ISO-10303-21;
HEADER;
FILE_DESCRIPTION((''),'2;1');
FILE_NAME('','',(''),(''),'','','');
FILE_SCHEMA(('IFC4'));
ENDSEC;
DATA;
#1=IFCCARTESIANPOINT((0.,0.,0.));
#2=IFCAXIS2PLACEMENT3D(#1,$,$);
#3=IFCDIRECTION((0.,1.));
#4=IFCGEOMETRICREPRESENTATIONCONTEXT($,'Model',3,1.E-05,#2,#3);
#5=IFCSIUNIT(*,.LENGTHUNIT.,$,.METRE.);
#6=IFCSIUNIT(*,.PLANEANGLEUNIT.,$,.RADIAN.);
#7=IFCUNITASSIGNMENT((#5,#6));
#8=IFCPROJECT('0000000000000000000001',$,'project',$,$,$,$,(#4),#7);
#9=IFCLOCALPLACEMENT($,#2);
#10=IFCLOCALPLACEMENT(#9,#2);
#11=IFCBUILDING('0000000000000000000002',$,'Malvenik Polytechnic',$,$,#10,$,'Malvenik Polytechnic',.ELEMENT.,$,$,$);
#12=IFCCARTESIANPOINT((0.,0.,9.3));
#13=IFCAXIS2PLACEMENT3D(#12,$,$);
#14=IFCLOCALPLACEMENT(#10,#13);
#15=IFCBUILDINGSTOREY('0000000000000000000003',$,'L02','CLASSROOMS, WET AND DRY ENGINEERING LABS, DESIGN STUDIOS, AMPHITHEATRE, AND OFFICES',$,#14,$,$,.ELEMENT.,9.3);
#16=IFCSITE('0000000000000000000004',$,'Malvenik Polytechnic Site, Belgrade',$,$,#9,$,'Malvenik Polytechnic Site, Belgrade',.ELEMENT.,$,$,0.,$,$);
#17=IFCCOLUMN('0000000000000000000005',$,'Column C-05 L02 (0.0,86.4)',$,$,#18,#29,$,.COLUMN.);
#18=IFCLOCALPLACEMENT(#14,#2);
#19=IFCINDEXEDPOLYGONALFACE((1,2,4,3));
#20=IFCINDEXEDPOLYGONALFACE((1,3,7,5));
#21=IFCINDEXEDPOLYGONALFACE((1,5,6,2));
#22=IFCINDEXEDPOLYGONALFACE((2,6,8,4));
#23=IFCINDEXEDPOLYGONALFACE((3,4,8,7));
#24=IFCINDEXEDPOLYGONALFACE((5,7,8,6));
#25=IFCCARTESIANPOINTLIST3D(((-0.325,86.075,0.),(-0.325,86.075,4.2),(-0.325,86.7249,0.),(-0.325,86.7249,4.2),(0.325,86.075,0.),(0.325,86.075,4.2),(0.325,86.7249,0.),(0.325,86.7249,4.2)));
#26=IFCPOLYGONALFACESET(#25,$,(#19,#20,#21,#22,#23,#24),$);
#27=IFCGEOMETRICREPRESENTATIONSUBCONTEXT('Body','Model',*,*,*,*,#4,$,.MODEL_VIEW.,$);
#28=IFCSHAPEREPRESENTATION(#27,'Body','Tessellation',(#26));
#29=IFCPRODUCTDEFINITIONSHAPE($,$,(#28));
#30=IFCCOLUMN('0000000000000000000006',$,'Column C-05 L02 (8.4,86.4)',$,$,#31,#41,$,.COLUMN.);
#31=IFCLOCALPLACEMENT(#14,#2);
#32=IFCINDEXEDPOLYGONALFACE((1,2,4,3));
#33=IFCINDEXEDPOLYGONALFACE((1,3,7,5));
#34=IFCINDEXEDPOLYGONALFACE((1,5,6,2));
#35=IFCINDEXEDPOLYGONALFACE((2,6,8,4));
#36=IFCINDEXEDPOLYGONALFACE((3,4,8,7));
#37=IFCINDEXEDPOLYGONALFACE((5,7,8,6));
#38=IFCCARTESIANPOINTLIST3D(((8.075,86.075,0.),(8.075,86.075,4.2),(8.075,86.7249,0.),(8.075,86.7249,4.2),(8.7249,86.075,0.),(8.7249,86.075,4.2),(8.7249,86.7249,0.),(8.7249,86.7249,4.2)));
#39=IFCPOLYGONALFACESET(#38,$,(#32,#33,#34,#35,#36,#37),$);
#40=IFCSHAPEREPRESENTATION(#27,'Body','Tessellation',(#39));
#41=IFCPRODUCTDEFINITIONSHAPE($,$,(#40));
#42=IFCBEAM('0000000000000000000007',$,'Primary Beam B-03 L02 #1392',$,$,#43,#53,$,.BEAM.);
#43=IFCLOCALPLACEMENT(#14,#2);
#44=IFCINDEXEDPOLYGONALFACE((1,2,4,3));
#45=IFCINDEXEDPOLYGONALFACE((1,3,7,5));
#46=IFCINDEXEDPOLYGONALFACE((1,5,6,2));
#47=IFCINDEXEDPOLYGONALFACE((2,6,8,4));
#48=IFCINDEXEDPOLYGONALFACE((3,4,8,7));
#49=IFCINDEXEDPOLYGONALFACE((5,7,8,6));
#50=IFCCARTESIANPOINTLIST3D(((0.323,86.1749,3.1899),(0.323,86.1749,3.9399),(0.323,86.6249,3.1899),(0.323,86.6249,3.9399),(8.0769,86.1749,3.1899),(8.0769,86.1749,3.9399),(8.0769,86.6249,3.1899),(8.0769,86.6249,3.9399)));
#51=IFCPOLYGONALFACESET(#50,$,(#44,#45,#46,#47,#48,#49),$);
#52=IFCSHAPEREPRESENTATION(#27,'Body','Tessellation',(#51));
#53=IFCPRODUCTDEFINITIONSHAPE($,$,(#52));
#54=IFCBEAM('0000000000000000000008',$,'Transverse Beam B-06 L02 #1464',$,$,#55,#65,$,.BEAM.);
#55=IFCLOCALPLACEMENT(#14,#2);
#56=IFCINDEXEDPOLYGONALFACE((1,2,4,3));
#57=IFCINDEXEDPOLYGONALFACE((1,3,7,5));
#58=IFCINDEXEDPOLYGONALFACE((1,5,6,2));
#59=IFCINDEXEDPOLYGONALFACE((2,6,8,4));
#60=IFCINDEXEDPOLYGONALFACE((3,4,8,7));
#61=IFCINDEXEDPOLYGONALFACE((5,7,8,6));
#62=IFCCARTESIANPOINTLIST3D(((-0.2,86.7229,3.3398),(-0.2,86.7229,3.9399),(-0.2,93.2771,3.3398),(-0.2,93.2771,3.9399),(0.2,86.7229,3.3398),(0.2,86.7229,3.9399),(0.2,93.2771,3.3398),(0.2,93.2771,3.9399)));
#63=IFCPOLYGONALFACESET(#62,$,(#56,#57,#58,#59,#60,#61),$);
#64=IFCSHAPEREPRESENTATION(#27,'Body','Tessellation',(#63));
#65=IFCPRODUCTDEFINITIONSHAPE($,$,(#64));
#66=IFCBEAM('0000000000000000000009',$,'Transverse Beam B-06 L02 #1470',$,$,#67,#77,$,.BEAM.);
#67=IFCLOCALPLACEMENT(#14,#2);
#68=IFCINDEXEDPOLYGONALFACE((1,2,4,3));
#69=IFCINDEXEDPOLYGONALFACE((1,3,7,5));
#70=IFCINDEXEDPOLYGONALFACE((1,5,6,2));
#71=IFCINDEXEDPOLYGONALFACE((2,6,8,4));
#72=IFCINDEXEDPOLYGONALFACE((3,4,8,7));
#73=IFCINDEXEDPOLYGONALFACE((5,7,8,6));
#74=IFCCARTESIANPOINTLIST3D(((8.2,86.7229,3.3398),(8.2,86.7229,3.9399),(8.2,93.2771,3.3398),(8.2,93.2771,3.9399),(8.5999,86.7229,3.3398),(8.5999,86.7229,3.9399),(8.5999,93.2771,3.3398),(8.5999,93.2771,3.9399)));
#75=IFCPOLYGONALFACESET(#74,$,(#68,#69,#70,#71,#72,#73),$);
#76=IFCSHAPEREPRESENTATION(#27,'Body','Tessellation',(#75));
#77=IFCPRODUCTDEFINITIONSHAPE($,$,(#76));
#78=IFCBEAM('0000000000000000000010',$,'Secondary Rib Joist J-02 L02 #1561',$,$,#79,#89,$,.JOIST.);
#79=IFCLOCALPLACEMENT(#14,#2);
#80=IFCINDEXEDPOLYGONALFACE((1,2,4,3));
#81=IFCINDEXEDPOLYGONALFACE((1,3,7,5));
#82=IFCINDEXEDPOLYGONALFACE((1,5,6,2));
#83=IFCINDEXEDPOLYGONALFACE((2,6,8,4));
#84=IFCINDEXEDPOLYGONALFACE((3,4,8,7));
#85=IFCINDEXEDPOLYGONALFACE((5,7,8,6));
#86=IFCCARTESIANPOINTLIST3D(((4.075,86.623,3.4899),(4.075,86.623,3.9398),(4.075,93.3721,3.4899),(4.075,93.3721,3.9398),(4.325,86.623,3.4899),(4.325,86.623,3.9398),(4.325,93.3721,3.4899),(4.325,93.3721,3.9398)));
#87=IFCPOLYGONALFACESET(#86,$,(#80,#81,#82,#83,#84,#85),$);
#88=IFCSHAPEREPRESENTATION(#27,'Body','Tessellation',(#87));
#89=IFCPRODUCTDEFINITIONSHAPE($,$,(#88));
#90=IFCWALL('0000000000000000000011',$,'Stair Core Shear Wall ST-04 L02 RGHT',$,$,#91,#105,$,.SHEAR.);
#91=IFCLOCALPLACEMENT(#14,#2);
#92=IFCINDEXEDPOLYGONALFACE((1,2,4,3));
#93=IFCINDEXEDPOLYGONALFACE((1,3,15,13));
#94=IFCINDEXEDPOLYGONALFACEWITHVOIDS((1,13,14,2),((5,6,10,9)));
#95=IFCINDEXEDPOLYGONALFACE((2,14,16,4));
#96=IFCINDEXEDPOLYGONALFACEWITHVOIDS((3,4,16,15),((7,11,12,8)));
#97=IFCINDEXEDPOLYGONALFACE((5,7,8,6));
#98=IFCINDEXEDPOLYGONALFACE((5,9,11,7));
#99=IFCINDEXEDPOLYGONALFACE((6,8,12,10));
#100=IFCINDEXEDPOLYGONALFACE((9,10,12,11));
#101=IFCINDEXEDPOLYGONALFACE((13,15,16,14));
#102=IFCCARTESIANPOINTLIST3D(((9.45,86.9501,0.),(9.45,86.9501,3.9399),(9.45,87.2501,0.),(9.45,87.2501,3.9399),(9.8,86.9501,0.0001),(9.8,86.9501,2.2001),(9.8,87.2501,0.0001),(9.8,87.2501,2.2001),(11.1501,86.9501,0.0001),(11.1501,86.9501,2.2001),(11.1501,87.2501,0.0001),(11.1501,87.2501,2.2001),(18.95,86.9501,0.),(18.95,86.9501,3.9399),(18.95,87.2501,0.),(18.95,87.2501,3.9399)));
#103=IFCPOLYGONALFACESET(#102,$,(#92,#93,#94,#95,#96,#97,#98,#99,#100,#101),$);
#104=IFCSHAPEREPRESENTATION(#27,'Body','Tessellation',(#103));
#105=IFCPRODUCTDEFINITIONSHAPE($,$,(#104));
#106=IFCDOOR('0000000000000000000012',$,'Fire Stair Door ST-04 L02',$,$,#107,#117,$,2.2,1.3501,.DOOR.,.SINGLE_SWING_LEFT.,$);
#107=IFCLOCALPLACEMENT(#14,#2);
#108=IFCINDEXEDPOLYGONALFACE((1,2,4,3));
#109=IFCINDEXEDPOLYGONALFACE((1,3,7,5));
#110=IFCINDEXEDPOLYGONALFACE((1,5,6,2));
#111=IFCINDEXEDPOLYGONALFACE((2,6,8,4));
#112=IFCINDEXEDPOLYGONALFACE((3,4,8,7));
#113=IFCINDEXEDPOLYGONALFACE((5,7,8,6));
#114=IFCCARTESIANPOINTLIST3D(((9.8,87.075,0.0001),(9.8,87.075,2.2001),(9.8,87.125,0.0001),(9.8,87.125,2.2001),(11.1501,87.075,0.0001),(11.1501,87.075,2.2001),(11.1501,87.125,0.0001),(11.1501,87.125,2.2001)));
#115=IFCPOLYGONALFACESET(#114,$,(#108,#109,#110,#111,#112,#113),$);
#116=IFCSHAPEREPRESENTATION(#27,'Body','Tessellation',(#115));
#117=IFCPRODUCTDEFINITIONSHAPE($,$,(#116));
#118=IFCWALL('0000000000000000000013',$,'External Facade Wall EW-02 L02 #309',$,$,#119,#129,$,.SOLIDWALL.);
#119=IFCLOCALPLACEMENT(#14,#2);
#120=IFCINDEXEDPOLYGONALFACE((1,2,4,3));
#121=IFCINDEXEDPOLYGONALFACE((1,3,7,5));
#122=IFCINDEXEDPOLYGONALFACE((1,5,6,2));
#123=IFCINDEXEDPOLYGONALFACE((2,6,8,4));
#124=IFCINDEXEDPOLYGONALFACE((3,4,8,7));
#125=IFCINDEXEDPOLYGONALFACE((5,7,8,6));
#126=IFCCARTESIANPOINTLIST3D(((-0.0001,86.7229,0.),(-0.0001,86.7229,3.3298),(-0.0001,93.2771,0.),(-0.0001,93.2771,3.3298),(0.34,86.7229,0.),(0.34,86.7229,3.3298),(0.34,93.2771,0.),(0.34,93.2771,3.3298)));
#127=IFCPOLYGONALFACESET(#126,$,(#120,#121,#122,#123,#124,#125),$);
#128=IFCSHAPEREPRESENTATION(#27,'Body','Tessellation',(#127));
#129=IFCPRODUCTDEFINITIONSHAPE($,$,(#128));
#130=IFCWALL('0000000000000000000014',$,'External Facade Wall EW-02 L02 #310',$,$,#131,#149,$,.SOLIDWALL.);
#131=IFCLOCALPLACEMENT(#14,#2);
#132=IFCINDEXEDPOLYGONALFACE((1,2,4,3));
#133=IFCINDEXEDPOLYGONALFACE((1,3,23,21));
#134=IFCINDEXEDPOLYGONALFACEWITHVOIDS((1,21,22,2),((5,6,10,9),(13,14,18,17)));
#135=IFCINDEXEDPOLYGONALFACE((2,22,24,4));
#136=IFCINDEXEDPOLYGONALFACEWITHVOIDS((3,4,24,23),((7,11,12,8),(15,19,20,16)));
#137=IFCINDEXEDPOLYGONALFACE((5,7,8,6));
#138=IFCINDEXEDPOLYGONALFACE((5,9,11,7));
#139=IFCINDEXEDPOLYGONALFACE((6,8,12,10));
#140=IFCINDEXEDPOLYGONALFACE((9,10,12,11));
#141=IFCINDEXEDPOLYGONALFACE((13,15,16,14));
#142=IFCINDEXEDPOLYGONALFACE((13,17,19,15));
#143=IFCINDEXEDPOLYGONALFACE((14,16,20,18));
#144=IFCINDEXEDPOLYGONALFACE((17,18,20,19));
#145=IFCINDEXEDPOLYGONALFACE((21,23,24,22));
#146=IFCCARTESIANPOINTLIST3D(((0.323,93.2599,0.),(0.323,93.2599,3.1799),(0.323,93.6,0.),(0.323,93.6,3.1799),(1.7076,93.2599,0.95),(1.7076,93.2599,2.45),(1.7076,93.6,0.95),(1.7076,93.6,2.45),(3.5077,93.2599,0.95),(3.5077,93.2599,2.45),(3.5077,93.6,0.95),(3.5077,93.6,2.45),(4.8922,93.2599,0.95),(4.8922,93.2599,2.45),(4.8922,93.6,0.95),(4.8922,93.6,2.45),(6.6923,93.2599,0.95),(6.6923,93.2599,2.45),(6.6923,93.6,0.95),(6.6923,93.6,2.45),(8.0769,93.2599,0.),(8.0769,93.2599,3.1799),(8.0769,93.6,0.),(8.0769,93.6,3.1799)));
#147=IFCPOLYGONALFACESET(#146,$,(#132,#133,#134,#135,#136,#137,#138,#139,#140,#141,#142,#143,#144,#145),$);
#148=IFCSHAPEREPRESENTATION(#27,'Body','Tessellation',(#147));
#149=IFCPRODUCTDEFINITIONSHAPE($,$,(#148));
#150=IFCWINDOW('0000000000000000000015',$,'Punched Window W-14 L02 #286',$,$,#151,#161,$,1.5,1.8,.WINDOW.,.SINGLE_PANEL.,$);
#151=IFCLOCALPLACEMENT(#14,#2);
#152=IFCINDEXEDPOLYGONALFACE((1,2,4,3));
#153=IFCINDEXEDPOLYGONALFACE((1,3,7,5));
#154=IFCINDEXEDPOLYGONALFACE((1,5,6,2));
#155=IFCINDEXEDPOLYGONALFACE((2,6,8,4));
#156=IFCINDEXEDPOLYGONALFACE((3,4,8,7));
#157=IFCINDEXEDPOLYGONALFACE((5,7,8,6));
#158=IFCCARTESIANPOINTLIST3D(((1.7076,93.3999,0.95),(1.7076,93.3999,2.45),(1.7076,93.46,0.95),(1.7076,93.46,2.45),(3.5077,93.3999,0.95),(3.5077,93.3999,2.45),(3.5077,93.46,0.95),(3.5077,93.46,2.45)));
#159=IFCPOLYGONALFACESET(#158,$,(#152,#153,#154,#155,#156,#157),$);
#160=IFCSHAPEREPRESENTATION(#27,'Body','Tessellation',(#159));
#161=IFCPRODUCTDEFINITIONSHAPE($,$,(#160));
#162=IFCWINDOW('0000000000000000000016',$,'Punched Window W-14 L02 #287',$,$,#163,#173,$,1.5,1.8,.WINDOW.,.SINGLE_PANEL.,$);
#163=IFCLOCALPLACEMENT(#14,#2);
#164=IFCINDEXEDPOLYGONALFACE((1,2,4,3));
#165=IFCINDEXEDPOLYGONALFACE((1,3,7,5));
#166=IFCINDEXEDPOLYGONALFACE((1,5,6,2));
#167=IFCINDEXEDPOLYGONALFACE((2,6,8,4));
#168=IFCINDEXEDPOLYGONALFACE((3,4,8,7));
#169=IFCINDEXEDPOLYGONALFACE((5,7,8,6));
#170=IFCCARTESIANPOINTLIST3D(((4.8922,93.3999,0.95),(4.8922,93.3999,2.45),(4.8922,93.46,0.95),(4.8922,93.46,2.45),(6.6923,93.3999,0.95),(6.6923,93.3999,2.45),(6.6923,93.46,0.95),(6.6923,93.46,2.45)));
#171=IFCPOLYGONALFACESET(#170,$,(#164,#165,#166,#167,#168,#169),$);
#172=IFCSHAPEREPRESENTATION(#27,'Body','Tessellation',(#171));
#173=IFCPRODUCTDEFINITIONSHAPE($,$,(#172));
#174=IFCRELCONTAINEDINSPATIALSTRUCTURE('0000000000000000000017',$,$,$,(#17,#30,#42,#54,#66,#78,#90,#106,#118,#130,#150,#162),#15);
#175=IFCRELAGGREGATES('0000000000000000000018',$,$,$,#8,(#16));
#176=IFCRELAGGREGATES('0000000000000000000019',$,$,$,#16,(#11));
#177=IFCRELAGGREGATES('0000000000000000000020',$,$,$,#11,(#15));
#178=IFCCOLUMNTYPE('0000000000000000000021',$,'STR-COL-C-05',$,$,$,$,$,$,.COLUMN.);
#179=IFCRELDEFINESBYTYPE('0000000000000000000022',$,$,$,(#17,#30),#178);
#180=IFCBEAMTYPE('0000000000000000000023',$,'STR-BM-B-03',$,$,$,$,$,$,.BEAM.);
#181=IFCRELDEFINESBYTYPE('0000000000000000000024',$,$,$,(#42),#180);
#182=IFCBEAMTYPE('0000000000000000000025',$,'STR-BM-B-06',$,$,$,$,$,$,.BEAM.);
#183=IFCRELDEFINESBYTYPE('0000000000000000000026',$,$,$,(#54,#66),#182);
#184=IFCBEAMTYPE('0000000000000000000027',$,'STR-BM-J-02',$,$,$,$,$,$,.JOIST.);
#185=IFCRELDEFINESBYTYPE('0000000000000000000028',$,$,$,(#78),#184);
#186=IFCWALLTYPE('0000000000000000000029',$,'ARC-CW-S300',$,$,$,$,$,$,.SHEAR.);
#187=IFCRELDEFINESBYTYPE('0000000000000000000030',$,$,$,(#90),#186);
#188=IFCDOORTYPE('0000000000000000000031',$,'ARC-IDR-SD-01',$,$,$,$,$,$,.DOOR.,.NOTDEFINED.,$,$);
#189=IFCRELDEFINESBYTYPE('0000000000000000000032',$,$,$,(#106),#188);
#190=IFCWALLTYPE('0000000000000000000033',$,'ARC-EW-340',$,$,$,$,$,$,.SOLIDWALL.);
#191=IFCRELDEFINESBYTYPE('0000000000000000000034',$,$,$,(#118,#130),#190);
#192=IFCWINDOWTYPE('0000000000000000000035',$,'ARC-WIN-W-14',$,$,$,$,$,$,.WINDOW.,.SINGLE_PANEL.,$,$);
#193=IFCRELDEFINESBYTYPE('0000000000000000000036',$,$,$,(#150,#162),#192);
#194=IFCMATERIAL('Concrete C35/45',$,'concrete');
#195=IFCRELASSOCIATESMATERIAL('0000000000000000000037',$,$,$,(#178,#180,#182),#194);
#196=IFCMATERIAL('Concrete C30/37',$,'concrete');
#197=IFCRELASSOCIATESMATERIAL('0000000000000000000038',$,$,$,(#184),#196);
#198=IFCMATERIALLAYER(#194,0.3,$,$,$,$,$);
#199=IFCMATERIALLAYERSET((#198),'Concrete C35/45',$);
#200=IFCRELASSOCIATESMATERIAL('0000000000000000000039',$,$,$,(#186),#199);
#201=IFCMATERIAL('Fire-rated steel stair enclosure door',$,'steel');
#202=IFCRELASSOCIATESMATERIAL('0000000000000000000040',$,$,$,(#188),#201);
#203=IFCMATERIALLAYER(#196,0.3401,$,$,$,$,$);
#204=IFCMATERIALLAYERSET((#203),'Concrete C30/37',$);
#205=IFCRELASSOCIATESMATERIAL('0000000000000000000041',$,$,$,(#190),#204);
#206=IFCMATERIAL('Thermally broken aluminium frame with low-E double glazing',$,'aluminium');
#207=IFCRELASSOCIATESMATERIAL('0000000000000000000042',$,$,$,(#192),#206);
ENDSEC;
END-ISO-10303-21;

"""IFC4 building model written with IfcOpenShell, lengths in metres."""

from ifc_helpers import new_model, si_unit, direction, frame, frame_2d, origin, origin_2d, place, context, subcontext, project, spatial, rectangle, extrude, material, layer, layer_set, material_profile, profile_set, type_object, element, fill, save


model = new_model("IFC4")

# Units and contexts
model_context = context("Model", 3, precision=1e-05, world=origin(), true_north=direction((0.0, 1.0)))
body_context = subcontext(model_context, "Body", "Model", "MODEL_VIEW")
ifc_project = project(units=[si_unit("LENGTHUNIT", "METRE"), si_unit("PLANEANGLEUNIT", "RADIAN")], contexts=[model_context])

# Site, building, storey
site_placement = place(None, origin())
site = spatial("IfcSite", under=ifc_project, at=site_placement, Name="Malvenik Polytechnic Site, Belgrade", LongName="Malvenik Polytechnic Site, Belgrade", CompositionType="ELEMENT", RefElevation=0.0)
building_placement = place(site_placement, origin())
building = spatial("IfcBuilding", under=site, at=building_placement, Name="Malvenik Polytechnic", LongName="Malvenik Polytechnic", CompositionType="ELEMENT")
storey_placement = place(building_placement, frame((0.0, 0.0, 9.3)))
storey = spatial("IfcBuildingStorey", under=building, at=storey_placement, Name="L02", Description="CLASSROOMS, WET AND DRY ENGINEERING LABS, DESIGN STUDIOS, AMPHITHEATRE, AND OFFICES", CompositionType="ELEMENT", Elevation=9.3)

# Columns
ifc_material_1 = material(Name="Concrete C35/45", Category="concrete")
ifc_material_profile_1 = material_profile(ifc_material_1, rectangle(XDim=0.6499, YDim=0.6499, at=origin_2d()), Name="RC COL 650x650")
ifc_profile_set_1 = profile_set([ifc_material_profile_1], Name="Concrete C35/45")
column_type = type_object("IfcColumnType", Name="STR-COL-C-05", PredefinedType="COLUMN", material=ifc_profile_set_1)
for number, where, z_axis, x_axis, name in (
    (1, (0.0, 86.3999, 0.0), (0.0, 0.0, 1.0), (1.0, 0.0, 0.0), "Column C-05 L02 (0.0,86.4)"),
    (2, (8.3999, 86.3999, 0.0), (0.0, 0.0, 1.0), (1.0, 0.0, 0.0), "Column C-05 L02 (8.4,86.4)"),
):
    element("IfcColumn", number, at=place(storey_placement, frame(where, z_axis=z_axis, x_axis=x_axis)), inside=storey, type_object=column_type, Name=name, PredefinedType="COLUMN", context=body_context, shape_type="SweptSolid", body=[
        extrude(rectangle(XDim=0.6499, YDim=0.6499, at=origin_2d()), origin(), (0.0, 0.0, 1.0), 4.2),
    ])

# Beams
ifc_material_profile_2 = material_profile(ifc_material_1, rectangle(XDim=0.45, YDim=0.75, at=origin_2d()), Name="RC BM 450x750")
ifc_profile_set_2 = profile_set([ifc_material_profile_2], Name="Concrete C35/45")
beam_type_1 = type_object("IfcBeamType", Name="STR-BM-B-03", PredefinedType="BEAM", material=ifc_profile_set_2)
beam_1_placement = place(storey_placement, frame((0.323, 86.3999, 3.5649), z_axis=(1.0, 0.0, 0.0), x_axis=(0.0, 1.0, 0.0)))
element("IfcBeam", 3, at=beam_1_placement, inside=storey, type_object=beam_type_1, Name="Primary Beam B-03 L02 #1392", PredefinedType="BEAM", context=body_context, shape_type="SweptSolid", body=[
    extrude(rectangle(XDim=0.45, YDim=0.75, at=origin_2d()), origin(), (0.0, 0.0, 1.0), 7.7539),
])
ifc_material_profile_3 = material_profile(ifc_material_1, rectangle(XDim=0.3999, YDim=0.6001, at=origin_2d()), Name="RC BM 400x600")
ifc_profile_set_3 = profile_set([ifc_material_profile_3], Name="Concrete C35/45")
beam_type_2 = type_object("IfcBeamType", Name="STR-BM-B-06", PredefinedType="BEAM", material=ifc_profile_set_3)
for number, where, z_axis, x_axis, name in (
    (4, (0.0, 86.7229, 3.6399), (0.0, 1.0, 0.0), (-1.0, 0.0, 0.0), "Transverse Beam B-06 L02 #1464"),
    (5, (8.3999, 86.7229, 3.6399), (0.0, 1.0, 0.0), (-1.0, 0.0, 0.0), "Transverse Beam B-06 L02 #1470"),
):
    element("IfcBeam", number, at=place(storey_placement, frame(where, z_axis=z_axis, x_axis=x_axis)), inside=storey, type_object=beam_type_2, Name=name, PredefinedType="BEAM", context=body_context, shape_type="SweptSolid", body=[
        extrude(rectangle(XDim=0.3999, YDim=0.6001, at=origin_2d()), origin(), (0.0, 0.0, 1.0), 6.5542),
    ])
ifc_material_2 = material(Name="Concrete C30/37", Category="concrete")
ifc_material_profile_4 = material_profile(ifc_material_2, rectangle(XDim=0.25, YDim=0.45, at=origin_2d()), Name="RC JST 250x450")
ifc_profile_set_4 = profile_set([ifc_material_profile_4], Name="Concrete C30/37")
beam_type_3 = type_object("IfcBeamType", Name="STR-BM-J-02", PredefinedType="JOIST", material=ifc_profile_set_4)
beam_2_placement = place(storey_placement, frame((4.2, 86.623, 3.7148), z_axis=(0.0, 1.0, 0.0), x_axis=(-1.0, 0.0, 0.0)))
element("IfcBeam", 6, at=beam_2_placement, inside=storey, type_object=beam_type_3, Name="Secondary Rib Joist J-02 L02 #1561", PredefinedType="JOIST", context=body_context, shape_type="SweptSolid", body=[
    extrude(rectangle(XDim=0.25, YDim=0.45, at=origin_2d()), origin(), (0.0, 0.0, 1.0), 6.749),
])

# Wall, opening, door
ifc_layer_1 = layer(ifc_material_1, 0.3)
ifc_layer_set_1 = layer_set([ifc_layer_1], Name="Concrete C35/45")
wall_type_1 = type_object("IfcWallType", Name="ARC-CW-S300", PredefinedType="SHEAR", material=ifc_layer_set_1)
wall_1_placement = place(storey_placement, frame((9.45, 87.1001, 0.0), z_axis=(0.0, 0.0, 1.0), x_axis=(1.0, 0.0, 0.0)))
wall_1 = element("IfcWall", 7, at=wall_1_placement, inside=storey, type_object=wall_type_1, Name="Stair Core Shear Wall ST-04 L02 RGHT", PredefinedType="SHEAR", context=body_context, shape_type="SweptSolid", body=[
    extrude(rectangle(XDim=9.5, YDim=0.3, at=frame_2d((4.75, 0.0))), origin(), (0.0, 0.0, 1.0), 3.9399),
])
opening_1_placement = place(wall_1_placement, frame((0.3501, 0.0, 0.0)))
opening_1 = element("IfcOpeningElement", 8, at=opening_1_placement, cuts=wall_1, PredefinedType="OPENING", context=body_context, shape_type="SweptSolid", body=[
    extrude(rectangle(XDim=1.3501, YDim=2.2, at=frame_2d((0.675, 1.1001))), frame((0.0, 0.1602, 0.0), z_axis=(0.0, -1.0, 0.0), x_axis=(1.0, 0.0, 0.0)), (0.0, 0.0, 1.0), 0.3201),
])
ifc_material_3 = material(Name="Fire-rated steel stair enclosure door", Category="steel")
door_type_1 = type_object("IfcDoorType", Name="ARC-IDR-SD-01", OperationType="NOTDEFINED", PredefinedType="DOOR", material=ifc_material_3)
door_1_placement = place(opening_1_placement, origin())
door_1 = element("IfcDoor", 9, at=door_1_placement, inside=storey, type_object=door_type_1, Name="Fire Stair Door ST-04 L02", OperationType="SINGLE_SWING_LEFT", OverallHeight=2.2, OverallWidth=1.3501, PredefinedType="DOOR", context=body_context, shape_type="SweptSolid", body=[
    extrude(rectangle(XDim=1.3501, YDim=2.2, at=frame_2d((0.675, 1.1001))), frame((0.0, 0.0249, 0.0), z_axis=(0.0, -1.0, 0.0), x_axis=(1.0, 0.0, 0.0)), (0.0, 0.0, 1.0), 0.05),
])
fill(opening_1, door_1)

# Wall
ifc_layer_2 = layer(ifc_material_2, 0.3401)
ifc_layer_set_2 = layer_set([ifc_layer_2], Name="Concrete C30/37")
wall_type_2 = type_object("IfcWallType", Name="ARC-EW-340", PredefinedType="SOLIDWALL", material=ifc_layer_set_2)
wall_2_placement = place(storey_placement, frame((0.1699, 86.7229, 0.0), z_axis=(0.0, 0.0, 1.0), x_axis=(0.0, 1.0, 0.0)))
element("IfcWall", 10, at=wall_2_placement, inside=storey, type_object=wall_type_2, Name="External Facade Wall EW-02 L02 #309", PredefinedType="SOLIDWALL", context=body_context, shape_type="SweptSolid", body=[
    extrude(rectangle(XDim=6.5542, YDim=0.3401, at=frame_2d((3.2771, 0.0))), origin(), (0.0, 0.0, 1.0), 3.3298),
])

# Wall, openings, windows
wall_3_placement = place(storey_placement, frame((0.323, 93.4299, 0.0), z_axis=(0.0, 0.0, 1.0), x_axis=(1.0, 0.0, 0.0)))
wall_3 = element("IfcWall", 11, at=wall_3_placement, inside=storey, type_object=wall_type_2, Name="External Facade Wall EW-02 L02 #310", PredefinedType="SOLIDWALL", context=body_context, shape_type="SweptSolid", body=[
    extrude(rectangle(XDim=7.7539, YDim=0.3401, at=frame_2d((3.877, 0.0))), origin(), (0.0, 0.0, 1.0), 3.1799),
])
opening_2_placement = place(wall_3_placement, frame((1.3848, 0.0, 0.95)))
opening_2 = element("IfcOpeningElement", 12, at=opening_2_placement, cuts=wall_3, PredefinedType="OPENING", context=body_context, shape_type="SweptSolid", body=[
    extrude(rectangle(XDim=1.8, YDim=1.5, at=frame_2d((0.8999, 0.75))), frame((0.0, 0.1802, 0.0), z_axis=(0.0, -1.0, 0.0), x_axis=(1.0, 0.0, 0.0)), (0.0, 0.0, 1.0), 0.3601),
])
opening_3_placement = place(wall_3_placement, frame((4.5693, 0.0, 0.95)))
opening_3 = element("IfcOpeningElement", 13, at=opening_3_placement, cuts=wall_3, PredefinedType="OPENING", context=body_context, shape_type="SweptSolid", body=[
    extrude(rectangle(XDim=1.8, YDim=1.5, at=frame_2d((0.8999, 0.75))), frame((0.0, 0.1802, 0.0), z_axis=(0.0, -1.0, 0.0), x_axis=(1.0, 0.0, 0.0)), (0.0, 0.0, 1.0), 0.3601),
])
ifc_material_4 = material(Name="Thermally broken aluminium frame with low-E double glazing", Category="aluminium")
window_type_1 = type_object("IfcWindowType", Name="ARC-WIN-W-14", PartitioningType="SINGLE_PANEL", PredefinedType="WINDOW", material=ifc_material_4)
window_1_placement = place(opening_2_placement, origin())
window_1 = element("IfcWindow", 14, at=window_1_placement, inside=storey, type_object=window_type_1, Name="Punched Window W-14 L02 #286", OverallHeight=1.5, OverallWidth=1.8, PartitioningType="SINGLE_PANEL", PredefinedType="WINDOW", context=body_context, shape_type="SweptSolid", body=[
    extrude(rectangle(XDim=1.8, YDim=1.5, at=frame_2d((0.8999, 0.75))), frame((0.0, 0.03, 0.0), z_axis=(0.0, -1.0, 0.0), x_axis=(1.0, 0.0, 0.0)), (0.0, 0.0, 1.0), 0.0601),
])
fill(opening_2, window_1)
window_2_placement = place(opening_3_placement, origin())
window_2 = element("IfcWindow", 15, at=window_2_placement, inside=storey, type_object=window_type_1, Name="Punched Window W-14 L02 #287", OverallHeight=1.5, OverallWidth=1.8, PartitioningType="SINGLE_PANEL", PredefinedType="WINDOW", context=body_context, shape_type="SweptSolid", body=[
    extrude(rectangle(XDim=1.8, YDim=1.5, at=frame_2d((0.8999, 0.75))), frame((0.0, 0.03, 0.0), z_axis=(0.0, -1.0, 0.0), x_axis=(1.0, 0.0, 0.0)), (0.0, 0.0, 1.0), 0.0601),
])
fill(opening_3, window_2)

save(model, "model.ifc")
